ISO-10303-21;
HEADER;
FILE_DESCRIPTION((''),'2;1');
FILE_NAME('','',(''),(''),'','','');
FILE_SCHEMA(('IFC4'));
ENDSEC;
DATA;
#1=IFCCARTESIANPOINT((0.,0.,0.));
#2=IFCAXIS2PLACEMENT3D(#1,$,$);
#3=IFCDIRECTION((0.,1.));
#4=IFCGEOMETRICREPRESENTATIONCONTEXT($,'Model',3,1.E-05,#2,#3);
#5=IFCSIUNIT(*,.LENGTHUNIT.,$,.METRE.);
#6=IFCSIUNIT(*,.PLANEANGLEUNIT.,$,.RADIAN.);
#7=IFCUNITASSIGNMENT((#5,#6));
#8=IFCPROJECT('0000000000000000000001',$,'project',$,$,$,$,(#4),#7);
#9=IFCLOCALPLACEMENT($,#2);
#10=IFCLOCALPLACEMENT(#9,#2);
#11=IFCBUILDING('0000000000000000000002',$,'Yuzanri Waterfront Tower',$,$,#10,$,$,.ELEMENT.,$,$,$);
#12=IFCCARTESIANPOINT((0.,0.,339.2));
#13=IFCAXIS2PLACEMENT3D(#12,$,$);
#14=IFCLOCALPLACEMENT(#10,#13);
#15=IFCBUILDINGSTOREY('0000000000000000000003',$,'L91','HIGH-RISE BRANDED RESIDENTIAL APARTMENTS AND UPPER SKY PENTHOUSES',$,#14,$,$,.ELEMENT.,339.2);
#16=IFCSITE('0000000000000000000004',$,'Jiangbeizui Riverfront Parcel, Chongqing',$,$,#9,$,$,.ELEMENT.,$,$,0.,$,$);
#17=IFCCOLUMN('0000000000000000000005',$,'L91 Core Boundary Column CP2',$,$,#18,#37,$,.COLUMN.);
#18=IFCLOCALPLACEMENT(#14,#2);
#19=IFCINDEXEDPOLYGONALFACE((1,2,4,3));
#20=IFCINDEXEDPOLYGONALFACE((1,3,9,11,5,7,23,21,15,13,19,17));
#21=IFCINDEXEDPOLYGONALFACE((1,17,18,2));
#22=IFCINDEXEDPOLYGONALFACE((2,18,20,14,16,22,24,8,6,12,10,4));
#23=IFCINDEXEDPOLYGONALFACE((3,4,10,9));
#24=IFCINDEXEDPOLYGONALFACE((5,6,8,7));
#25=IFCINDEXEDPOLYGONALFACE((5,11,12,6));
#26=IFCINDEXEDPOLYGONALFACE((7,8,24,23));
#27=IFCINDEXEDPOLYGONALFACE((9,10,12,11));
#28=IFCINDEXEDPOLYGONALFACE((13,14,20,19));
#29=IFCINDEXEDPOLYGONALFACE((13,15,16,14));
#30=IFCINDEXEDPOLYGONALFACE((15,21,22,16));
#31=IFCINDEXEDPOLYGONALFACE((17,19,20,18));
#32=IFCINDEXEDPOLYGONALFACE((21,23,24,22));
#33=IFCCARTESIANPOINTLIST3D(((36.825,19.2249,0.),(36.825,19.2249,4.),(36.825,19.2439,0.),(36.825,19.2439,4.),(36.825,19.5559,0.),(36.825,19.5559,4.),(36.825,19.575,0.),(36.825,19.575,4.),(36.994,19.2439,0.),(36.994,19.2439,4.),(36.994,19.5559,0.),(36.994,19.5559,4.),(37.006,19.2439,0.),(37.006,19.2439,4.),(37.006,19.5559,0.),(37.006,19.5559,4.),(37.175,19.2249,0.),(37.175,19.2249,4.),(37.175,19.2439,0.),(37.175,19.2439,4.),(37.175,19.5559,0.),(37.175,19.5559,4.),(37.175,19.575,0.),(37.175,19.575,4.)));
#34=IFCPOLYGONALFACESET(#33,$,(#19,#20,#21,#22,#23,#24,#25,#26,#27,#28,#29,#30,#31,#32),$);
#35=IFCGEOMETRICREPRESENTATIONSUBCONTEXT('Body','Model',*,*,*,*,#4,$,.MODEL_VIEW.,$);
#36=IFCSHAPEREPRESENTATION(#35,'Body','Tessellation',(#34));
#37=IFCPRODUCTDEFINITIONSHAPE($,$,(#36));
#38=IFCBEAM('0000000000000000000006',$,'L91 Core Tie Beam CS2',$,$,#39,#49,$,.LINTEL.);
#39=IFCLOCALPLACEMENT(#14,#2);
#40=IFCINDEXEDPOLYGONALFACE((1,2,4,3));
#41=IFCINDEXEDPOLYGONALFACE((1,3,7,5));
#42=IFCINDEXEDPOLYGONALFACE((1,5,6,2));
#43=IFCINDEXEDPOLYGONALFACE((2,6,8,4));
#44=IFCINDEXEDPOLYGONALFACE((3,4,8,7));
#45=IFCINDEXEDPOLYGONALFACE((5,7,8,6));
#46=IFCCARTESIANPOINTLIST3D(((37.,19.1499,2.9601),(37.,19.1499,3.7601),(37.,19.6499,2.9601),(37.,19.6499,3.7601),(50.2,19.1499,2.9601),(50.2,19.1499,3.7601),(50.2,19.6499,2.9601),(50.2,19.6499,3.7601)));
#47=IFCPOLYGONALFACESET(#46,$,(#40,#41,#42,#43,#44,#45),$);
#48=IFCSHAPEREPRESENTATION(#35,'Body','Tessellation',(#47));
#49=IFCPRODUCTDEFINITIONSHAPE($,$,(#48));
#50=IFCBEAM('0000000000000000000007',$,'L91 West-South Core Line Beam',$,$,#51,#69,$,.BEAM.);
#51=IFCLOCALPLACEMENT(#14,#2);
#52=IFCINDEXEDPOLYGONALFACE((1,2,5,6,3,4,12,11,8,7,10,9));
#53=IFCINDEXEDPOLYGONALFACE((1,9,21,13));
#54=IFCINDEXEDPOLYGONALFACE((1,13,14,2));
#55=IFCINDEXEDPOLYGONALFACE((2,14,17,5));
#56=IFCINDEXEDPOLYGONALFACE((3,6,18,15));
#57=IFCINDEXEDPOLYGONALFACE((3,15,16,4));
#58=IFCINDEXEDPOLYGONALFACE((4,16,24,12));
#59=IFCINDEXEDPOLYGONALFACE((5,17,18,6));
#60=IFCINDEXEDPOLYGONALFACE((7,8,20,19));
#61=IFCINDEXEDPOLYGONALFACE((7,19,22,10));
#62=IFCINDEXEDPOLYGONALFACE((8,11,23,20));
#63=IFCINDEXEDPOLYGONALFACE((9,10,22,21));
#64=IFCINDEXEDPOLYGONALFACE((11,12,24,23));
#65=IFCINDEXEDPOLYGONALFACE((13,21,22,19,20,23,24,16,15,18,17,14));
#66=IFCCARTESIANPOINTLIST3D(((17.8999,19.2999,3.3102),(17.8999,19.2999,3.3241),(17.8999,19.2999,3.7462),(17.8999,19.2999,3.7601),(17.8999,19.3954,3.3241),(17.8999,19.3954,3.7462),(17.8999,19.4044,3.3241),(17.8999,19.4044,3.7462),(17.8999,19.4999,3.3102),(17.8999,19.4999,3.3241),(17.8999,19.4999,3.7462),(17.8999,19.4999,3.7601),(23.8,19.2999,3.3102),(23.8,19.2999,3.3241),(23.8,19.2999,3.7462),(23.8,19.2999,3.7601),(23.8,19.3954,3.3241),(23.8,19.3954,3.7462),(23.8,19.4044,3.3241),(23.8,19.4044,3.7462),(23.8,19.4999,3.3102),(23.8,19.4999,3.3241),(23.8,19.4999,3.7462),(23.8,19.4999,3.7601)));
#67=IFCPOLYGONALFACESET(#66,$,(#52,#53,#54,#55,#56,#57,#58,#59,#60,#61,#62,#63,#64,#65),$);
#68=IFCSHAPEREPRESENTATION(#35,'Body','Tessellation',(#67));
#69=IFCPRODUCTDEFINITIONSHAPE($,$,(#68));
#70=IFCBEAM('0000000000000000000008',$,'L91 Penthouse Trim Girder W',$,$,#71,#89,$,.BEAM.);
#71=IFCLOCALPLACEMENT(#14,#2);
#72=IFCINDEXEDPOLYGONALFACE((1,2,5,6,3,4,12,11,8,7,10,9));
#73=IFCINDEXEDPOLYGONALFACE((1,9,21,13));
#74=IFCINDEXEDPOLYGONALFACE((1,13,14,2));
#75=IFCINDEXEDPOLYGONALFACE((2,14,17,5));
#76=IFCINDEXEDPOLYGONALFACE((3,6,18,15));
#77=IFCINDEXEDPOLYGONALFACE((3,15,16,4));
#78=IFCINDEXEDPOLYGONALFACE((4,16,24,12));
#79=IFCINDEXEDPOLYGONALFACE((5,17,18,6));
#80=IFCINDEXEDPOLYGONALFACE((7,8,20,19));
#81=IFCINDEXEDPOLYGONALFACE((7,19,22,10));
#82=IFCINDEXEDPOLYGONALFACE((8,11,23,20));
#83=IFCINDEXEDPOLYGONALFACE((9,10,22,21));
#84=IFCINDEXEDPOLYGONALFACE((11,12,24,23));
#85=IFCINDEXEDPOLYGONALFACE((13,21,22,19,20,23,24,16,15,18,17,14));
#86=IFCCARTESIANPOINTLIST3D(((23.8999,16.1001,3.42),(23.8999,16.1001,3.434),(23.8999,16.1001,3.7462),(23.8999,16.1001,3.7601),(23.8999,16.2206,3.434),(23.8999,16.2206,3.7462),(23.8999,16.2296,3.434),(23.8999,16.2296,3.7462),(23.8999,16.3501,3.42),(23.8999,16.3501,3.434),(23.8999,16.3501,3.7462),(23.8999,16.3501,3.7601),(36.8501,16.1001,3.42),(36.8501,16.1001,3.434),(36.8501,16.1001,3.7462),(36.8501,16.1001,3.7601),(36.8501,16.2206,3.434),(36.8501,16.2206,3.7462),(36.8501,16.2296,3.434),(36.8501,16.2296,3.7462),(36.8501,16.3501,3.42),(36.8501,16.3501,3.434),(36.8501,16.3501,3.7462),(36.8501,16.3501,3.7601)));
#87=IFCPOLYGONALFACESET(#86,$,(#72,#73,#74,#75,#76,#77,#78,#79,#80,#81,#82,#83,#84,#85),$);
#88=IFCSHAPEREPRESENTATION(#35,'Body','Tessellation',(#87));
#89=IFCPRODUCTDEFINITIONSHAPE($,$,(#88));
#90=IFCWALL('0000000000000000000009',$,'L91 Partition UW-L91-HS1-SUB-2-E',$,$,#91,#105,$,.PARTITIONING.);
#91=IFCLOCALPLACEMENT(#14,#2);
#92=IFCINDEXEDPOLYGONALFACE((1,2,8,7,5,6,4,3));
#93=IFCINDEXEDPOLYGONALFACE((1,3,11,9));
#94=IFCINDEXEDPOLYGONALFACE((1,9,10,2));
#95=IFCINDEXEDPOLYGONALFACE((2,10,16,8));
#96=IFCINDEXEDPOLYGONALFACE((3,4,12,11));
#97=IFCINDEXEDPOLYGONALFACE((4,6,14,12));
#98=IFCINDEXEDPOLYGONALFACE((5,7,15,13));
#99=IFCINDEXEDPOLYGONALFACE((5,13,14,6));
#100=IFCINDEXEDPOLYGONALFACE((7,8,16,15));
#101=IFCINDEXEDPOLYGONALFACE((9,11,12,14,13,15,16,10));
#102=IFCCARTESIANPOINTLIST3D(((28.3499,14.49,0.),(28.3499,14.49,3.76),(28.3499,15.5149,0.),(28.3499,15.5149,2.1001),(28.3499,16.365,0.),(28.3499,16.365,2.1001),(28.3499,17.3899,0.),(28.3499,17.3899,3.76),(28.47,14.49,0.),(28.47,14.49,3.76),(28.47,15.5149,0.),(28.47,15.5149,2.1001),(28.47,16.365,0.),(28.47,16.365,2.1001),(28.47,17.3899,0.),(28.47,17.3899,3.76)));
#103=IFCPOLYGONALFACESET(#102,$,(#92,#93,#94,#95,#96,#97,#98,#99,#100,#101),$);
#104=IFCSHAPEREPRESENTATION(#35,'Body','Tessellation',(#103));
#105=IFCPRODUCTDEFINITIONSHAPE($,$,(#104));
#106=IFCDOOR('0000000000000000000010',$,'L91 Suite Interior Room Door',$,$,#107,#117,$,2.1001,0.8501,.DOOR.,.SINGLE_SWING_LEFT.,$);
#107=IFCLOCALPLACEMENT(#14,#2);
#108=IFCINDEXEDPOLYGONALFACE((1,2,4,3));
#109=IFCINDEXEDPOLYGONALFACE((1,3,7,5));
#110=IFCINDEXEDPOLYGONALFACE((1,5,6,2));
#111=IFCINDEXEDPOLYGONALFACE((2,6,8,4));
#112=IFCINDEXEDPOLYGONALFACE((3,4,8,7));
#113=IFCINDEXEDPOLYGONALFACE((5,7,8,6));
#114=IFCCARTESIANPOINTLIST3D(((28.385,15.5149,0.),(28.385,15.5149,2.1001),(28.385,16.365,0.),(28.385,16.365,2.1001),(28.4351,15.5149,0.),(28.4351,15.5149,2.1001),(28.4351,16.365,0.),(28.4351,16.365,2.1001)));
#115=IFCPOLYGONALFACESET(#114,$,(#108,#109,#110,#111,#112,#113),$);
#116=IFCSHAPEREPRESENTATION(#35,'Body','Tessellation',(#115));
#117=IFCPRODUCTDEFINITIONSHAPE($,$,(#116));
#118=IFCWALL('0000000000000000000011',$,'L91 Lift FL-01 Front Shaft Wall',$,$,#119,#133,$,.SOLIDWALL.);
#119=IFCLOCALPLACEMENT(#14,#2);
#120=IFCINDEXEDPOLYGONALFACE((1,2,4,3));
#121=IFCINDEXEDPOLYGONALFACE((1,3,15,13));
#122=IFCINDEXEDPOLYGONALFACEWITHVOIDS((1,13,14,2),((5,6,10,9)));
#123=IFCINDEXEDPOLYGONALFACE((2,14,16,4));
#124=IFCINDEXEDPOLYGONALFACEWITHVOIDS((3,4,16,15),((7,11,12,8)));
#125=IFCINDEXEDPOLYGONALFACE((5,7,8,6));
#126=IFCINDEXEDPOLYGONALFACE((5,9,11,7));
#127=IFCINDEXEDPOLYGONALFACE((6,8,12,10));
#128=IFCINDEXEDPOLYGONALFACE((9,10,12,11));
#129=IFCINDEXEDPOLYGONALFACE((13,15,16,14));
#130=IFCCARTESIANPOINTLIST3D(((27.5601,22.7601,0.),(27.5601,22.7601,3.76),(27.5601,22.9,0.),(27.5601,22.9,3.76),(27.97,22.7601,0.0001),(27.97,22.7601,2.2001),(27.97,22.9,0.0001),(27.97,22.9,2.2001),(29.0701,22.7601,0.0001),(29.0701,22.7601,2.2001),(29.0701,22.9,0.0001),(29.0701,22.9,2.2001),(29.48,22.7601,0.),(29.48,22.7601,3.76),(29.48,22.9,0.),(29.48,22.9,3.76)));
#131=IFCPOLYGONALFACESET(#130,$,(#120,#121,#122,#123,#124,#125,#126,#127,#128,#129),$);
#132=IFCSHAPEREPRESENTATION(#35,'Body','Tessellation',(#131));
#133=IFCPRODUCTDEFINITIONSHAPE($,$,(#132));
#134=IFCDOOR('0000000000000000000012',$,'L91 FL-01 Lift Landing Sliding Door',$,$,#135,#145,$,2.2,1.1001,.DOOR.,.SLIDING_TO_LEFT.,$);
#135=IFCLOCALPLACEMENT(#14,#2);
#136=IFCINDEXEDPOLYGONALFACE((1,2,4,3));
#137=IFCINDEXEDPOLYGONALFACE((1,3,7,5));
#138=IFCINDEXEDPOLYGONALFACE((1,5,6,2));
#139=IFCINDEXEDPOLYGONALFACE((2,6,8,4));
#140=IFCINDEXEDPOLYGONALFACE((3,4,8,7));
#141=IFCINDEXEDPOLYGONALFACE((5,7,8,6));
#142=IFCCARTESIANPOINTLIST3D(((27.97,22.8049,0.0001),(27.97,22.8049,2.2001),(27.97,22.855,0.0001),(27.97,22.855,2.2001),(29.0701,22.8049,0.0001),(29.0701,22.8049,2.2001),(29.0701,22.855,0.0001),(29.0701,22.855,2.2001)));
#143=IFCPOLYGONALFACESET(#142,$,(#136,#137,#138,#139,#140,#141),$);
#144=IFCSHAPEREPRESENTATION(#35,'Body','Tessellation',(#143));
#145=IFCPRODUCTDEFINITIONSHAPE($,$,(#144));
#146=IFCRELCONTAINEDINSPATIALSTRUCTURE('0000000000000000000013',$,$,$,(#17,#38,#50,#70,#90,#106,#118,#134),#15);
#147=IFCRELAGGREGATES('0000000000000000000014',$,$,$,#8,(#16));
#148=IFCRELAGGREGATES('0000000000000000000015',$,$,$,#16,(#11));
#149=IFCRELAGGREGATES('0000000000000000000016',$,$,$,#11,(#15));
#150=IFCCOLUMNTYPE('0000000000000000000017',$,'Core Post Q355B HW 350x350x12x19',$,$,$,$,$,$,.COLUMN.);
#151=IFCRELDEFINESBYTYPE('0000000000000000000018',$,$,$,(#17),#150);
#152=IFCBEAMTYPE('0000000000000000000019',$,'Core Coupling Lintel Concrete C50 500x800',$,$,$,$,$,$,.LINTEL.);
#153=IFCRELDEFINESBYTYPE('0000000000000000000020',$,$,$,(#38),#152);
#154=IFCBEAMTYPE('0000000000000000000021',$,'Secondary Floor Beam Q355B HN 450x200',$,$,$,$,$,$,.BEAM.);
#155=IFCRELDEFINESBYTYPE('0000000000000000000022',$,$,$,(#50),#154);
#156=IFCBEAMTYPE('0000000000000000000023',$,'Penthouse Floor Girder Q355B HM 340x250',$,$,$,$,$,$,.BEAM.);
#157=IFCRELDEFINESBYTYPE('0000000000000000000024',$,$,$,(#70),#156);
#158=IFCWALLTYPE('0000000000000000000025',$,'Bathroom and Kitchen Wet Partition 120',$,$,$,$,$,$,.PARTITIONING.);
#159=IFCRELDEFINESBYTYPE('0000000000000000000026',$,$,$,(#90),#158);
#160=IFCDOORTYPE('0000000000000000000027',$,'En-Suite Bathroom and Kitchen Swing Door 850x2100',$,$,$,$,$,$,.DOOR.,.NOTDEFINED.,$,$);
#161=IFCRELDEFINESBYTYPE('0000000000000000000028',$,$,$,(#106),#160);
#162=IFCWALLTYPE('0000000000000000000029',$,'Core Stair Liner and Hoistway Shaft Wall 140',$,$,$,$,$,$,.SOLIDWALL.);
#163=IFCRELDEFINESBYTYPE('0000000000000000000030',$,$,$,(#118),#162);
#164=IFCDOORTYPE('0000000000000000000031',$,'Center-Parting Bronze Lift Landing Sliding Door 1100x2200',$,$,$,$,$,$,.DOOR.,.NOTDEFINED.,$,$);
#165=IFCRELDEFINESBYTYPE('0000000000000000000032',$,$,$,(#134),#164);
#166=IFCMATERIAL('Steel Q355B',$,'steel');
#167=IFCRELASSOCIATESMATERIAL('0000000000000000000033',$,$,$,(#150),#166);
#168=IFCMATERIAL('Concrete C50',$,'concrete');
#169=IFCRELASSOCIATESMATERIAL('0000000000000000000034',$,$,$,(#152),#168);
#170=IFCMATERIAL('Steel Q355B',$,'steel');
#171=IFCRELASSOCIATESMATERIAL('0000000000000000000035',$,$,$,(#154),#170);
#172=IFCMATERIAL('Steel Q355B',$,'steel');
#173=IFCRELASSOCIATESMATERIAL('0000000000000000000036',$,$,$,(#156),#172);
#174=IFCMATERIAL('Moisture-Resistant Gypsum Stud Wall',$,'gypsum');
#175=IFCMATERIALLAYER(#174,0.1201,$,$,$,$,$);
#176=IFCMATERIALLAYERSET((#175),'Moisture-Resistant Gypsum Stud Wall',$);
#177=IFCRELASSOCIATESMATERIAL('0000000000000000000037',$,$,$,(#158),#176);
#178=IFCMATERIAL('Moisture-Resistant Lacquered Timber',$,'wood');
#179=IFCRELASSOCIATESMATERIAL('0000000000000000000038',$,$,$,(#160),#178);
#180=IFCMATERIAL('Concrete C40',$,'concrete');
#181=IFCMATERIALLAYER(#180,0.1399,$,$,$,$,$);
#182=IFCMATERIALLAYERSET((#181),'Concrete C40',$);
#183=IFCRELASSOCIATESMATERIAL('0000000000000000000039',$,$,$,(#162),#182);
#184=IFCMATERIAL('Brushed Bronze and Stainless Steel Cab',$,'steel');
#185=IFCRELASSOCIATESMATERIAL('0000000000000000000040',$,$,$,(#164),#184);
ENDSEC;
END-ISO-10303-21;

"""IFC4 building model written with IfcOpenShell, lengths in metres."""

from ifc_helpers import new_model, si_unit, direction, frame, frame_2d, origin, origin_2d, place, context, subcontext, project, spatial, rectangle, i_section, extrude, source, transform, mapped, material, layer, layer_set, material_profile, profile_set, type_object, element, fill, save


model = new_model("IFC4")

# Units and contexts
model_context = context("Model", 3, precision=1e-05, world=origin(), true_north=direction((0.0, 1.0)))
body_context = subcontext(model_context, "Body", "Model", "MODEL_VIEW")
ifc_project = project(units=[si_unit("LENGTHUNIT", "METRE"), si_unit("PLANEANGLEUNIT", "RADIAN")], contexts=[model_context])

# Site, building, storey
site_placement = place(None, origin())
site = spatial("IfcSite", under=ifc_project, at=site_placement, Name="Jiangbeizui Riverfront Parcel, Chongqing", CompositionType="ELEMENT", RefElevation=0.0)
building_placement = place(site_placement, origin())
building = spatial("IfcBuilding", under=site, at=building_placement, Name="Yuzanri Waterfront Tower", CompositionType="ELEMENT")
storey_placement = place(building_placement, frame((0.0, 0.0, 339.2)))
storey = spatial("IfcBuildingStorey", under=building, at=storey_placement, Name="L91", Description="HIGH-RISE BRANDED RESIDENTIAL APARTMENTS AND UPPER SKY PENTHOUSES", CompositionType="ELEMENT", Elevation=339.2)

# Column
ifc_material_1 = material(Name="Steel Q355B", Category="steel")
ifc_material_profile_1 = material_profile(ifc_material_1, i_section(OverallWidth=0.3501, OverallDepth=0.3501, WebThickness=0.012, FlangeThickness=0.019, at=origin_2d()), Name="HW 350x350x12x19")
ifc_profile_set_1 = profile_set([ifc_material_profile_1], Name="Steel Q355B")
column_type = type_object("IfcColumnType", Name="Core Post Q355B HW 350x350x12x19", PredefinedType="COLUMN", material=ifc_profile_set_1)
shared_shape_1 = source(origin(), body_context, "Body", "SweptSolid", [
    extrude(i_section(OverallWidth=0.3501, OverallDepth=0.3501, WebThickness=0.012, FlangeThickness=0.019, at=origin_2d()), origin(), (0.0, 0.0, 1.0), 4.0),
])
column_placement = place(storey_placement, frame((37.0, 19.3999, 0.0), z_axis=(0.0, 0.0, 1.0), x_axis=(1.0, 0.0, 0.0)))
element("IfcColumn", 1, at=column_placement, inside=storey, type_object=column_type, Name="L91 Core Boundary Column CP2", PredefinedType="COLUMN", context=body_context, shape_type="MappedRepresentation", body=[
    mapped(shared_shape_1, transform((0.0, 0.0, 0.0), scale=1.0)),
])

# Beams
ifc_material_2 = material(Name="Concrete C50", Category="concrete")
ifc_material_profile_2 = material_profile(ifc_material_2, rectangle(XDim=0.5, YDim=0.8, at=origin_2d()), Name="RC 500x800")
ifc_profile_set_2 = profile_set([ifc_material_profile_2], Name="Concrete C50")
beam_type_1 = type_object("IfcBeamType", Name="Core Coupling Lintel Concrete C50 500x800", PredefinedType="LINTEL", material=ifc_profile_set_2)
shared_shape_2 = source(origin(), body_context, "Body", "SweptSolid", [
    extrude(rectangle(XDim=0.5, YDim=0.8, at=origin_2d()), origin(), (0.0, 0.0, 1.0), 13.2),
])
beam_1_placement = place(storey_placement, frame((37.0, 19.3999, 3.3601), z_axis=(1.0, 0.0, 0.0), x_axis=(0.0, 1.0, 0.0)))
element("IfcBeam", 2, at=beam_1_placement, inside=storey, type_object=beam_type_1, Name="L91 Core Tie Beam CS2", PredefinedType="LINTEL", context=body_context, shape_type="MappedRepresentation", body=[
    mapped(shared_shape_2, transform((0.0, 0.0, 0.0), scale=1.0)),
])
ifc_material_3 = material(Name="Steel Q355B", Category="steel")
ifc_material_profile_3 = material_profile(ifc_material_3, i_section(OverallWidth=0.2, OverallDepth=0.45, WebThickness=0.009, FlangeThickness=0.0139, at=origin_2d()), Name="HN 450x200x9x14")
ifc_profile_set_3 = profile_set([ifc_material_profile_3], Name="Steel Q355B")
beam_type_2 = type_object("IfcBeamType", Name="Secondary Floor Beam Q355B HN 450x200", PredefinedType="BEAM", material=ifc_profile_set_3)
shared_shape_3 = source(origin(), body_context, "Body", "SweptSolid", [
    extrude(i_section(OverallWidth=0.2, OverallDepth=0.45, WebThickness=0.009, FlangeThickness=0.0139, at=origin_2d()), origin(), (0.0, 0.0, 1.0), 5.9001),
])
beam_2_placement = place(storey_placement, frame((23.8, 19.3999, 3.5352), z_axis=(-1.0, 0.0, 0.0), x_axis=(0.0, -1.0, 0.0)))
element("IfcBeam", 3, at=beam_2_placement, inside=storey, type_object=beam_type_2, Name="L91 West-South Core Line Beam", PredefinedType="BEAM", context=body_context, shape_type="MappedRepresentation", body=[
    mapped(shared_shape_3, transform((0.0, 0.0, 0.0), scale=1.0)),
])
ifc_material_4 = material(Name="Steel Q355B", Category="steel")
ifc_material_profile_4 = material_profile(ifc_material_4, i_section(OverallWidth=0.25, OverallDepth=0.3401, WebThickness=0.009, FlangeThickness=0.0139, at=origin_2d()), Name="HM 340x250x9x14")
ifc_profile_set_4 = profile_set([ifc_material_profile_4], Name="Steel Q355B")
beam_type_3 = type_object("IfcBeamType", Name="Penthouse Floor Girder Q355B HM 340x250", PredefinedType="BEAM", material=ifc_profile_set_4)
shared_shape_4 = source(origin(), body_context, "Body", "SweptSolid", [
    extrude(i_section(OverallWidth=0.25, OverallDepth=0.3401, WebThickness=0.009, FlangeThickness=0.0139, at=origin_2d()), origin(), (0.0, 0.0, 1.0), 12.9502),
])
beam_3_placement = place(storey_placement, frame((23.8999, 16.2251, 3.5901), z_axis=(1.0, 0.0, 0.0), x_axis=(0.0, 1.0, 0.0)))
element("IfcBeam", 4, at=beam_3_placement, inside=storey, type_object=beam_type_3, Name="L91 Penthouse Trim Girder W", PredefinedType="BEAM", context=body_context, shape_type="MappedRepresentation", body=[
    mapped(shared_shape_4, transform((0.0, 0.0, 0.0), scale=1.0)),
])

# Walls, openings, doors
ifc_material_5 = material(Name="Moisture-Resistant Gypsum Stud Wall", Category="gypsum")
ifc_layer_1 = layer(ifc_material_5, 0.1201)
ifc_layer_set_1 = layer_set([ifc_layer_1], Name="Moisture-Resistant Gypsum Stud Wall")
wall_type_1 = type_object("IfcWallType", Name="Bathroom and Kitchen Wet Partition 120", PredefinedType="PARTITIONING", material=ifc_layer_set_1)
wall_1_placement = place(storey_placement, frame((28.4099, 14.49, 0.0), z_axis=(0.0, 0.0, 1.0), x_axis=(0.0, 1.0, 0.0)))
wall_1 = element("IfcWall", 5, at=wall_1_placement, inside=storey, type_object=wall_type_1, Name="L91 Partition UW-L91-HS1-SUB-2-E", PredefinedType="PARTITIONING", context=body_context, shape_type="SweptSolid", body=[
    extrude(rectangle(XDim=2.8999, YDim=0.1201, at=frame_2d((1.45, 0.0))), origin(), (0.0, 0.0, 1.0), 3.76),
])
opening_1_placement = place(wall_1_placement, frame((1.0249, 0.0, 0.0)))
opening_1 = element("IfcOpeningElement", 6, at=opening_1_placement, cuts=wall_1, PredefinedType="OPENING", context=body_context, shape_type="SweptSolid", body=[
    extrude(rectangle(XDim=0.8501, YDim=2.1001, at=frame_2d((0.425, 1.05))), frame((0.0, 0.075, 0.0), z_axis=(0.0, -1.0, 0.0), x_axis=(1.0, 0.0, 0.0)), (0.0, 0.0, 1.0), 0.1499),
])
ifc_material_6 = material(Name="Moisture-Resistant Lacquered Timber", Category="wood")
door_type_1 = type_object("IfcDoorType", Name="En-Suite Bathroom and Kitchen Swing Door 850x2100", OperationType="NOTDEFINED", PredefinedType="DOOR", material=ifc_material_6)
shared_shape_5 = source(origin(), body_context, "Body", "SweptSolid", [
    extrude(rectangle(XDim=0.8501, YDim=2.1001, at=frame_2d((0.425, 1.05))), frame((0.0, 0.0249, 0.0), z_axis=(0.0, -1.0, 0.0), x_axis=(1.0, 0.0, 0.0)), (0.0, 0.0, 1.0), 0.05),
])
door_1_placement = place(opening_1_placement, origin())
door_1 = element("IfcDoor", 7, at=door_1_placement, inside=storey, type_object=door_type_1, Name="L91 Suite Interior Room Door", OperationType="SINGLE_SWING_LEFT", OverallHeight=2.1001, OverallWidth=0.8501, PredefinedType="DOOR", context=body_context, shape_type="MappedRepresentation", body=[
    mapped(shared_shape_5, transform((0.0, 0.0, 0.0), scale=1.0)),
])
fill(opening_1, door_1)
ifc_material_7 = material(Name="Concrete C40", Category="concrete")
ifc_layer_2 = layer(ifc_material_7, 0.1399)
ifc_layer_set_2 = layer_set([ifc_layer_2], Name="Concrete C40")
wall_type_2 = type_object("IfcWallType", Name="Core Stair Liner and Hoistway Shaft Wall 140", PredefinedType="SOLIDWALL", material=ifc_layer_set_2)
wall_2_placement = place(storey_placement, frame((27.5601, 22.8301, 0.0), z_axis=(0.0, 0.0, 1.0), x_axis=(1.0, 0.0, 0.0)))
wall_2 = element("IfcWall", 8, at=wall_2_placement, inside=storey, type_object=wall_type_2, Name="L91 Lift FL-01 Front Shaft Wall", PredefinedType="SOLIDWALL", context=body_context, shape_type="SweptSolid", body=[
    extrude(rectangle(XDim=1.9199, YDim=0.1399, at=frame_2d((0.96, 0.0))), origin(), (0.0, 0.0, 1.0), 3.76),
])
opening_2_placement = place(wall_2_placement, frame((0.4099, 0.0, 0.0)))
opening_2 = element("IfcOpeningElement", 9, at=opening_2_placement, cuts=wall_2, PredefinedType="OPENING", context=body_context, shape_type="SweptSolid", body=[
    extrude(rectangle(XDim=1.1001, YDim=2.2, at=frame_2d((0.55, 1.1001))), frame((0.0, 0.085, 0.0), z_axis=(0.0, -1.0, 0.0), x_axis=(1.0, 0.0, 0.0)), (0.0, 0.0, 1.0), 0.1697),
])
ifc_material_8 = material(Name="Brushed Bronze and Stainless Steel Cab", Category="steel")
door_type_2 = type_object("IfcDoorType", Name="Center-Parting Bronze Lift Landing Sliding Door 1100x2200", OperationType="NOTDEFINED", PredefinedType="DOOR", material=ifc_material_8)
shared_shape_6 = source(origin(), body_context, "Body", "SweptSolid", [
    extrude(rectangle(XDim=1.1001, YDim=2.2, at=frame_2d((0.55, 1.1001))), frame((0.0, 0.0249, 0.0), z_axis=(0.0, -1.0, 0.0), x_axis=(1.0, 0.0, 0.0)), (0.0, 0.0, 1.0), 0.05),
])
door_2_placement = place(opening_2_placement, origin())
door_2 = element("IfcDoor", 10, at=door_2_placement, inside=storey, type_object=door_type_2, Name="L91 FL-01 Lift Landing Sliding Door", OperationType="SLIDING_TO_LEFT", OverallHeight=2.2, OverallWidth=1.1001, PredefinedType="DOOR", context=body_context, shape_type="MappedRepresentation", body=[
    mapped(shared_shape_6, transform((0.0, 0.0, 0.0), scale=1.0)),
])
fill(opening_2, door_2)

save(model, "model.ifc")
